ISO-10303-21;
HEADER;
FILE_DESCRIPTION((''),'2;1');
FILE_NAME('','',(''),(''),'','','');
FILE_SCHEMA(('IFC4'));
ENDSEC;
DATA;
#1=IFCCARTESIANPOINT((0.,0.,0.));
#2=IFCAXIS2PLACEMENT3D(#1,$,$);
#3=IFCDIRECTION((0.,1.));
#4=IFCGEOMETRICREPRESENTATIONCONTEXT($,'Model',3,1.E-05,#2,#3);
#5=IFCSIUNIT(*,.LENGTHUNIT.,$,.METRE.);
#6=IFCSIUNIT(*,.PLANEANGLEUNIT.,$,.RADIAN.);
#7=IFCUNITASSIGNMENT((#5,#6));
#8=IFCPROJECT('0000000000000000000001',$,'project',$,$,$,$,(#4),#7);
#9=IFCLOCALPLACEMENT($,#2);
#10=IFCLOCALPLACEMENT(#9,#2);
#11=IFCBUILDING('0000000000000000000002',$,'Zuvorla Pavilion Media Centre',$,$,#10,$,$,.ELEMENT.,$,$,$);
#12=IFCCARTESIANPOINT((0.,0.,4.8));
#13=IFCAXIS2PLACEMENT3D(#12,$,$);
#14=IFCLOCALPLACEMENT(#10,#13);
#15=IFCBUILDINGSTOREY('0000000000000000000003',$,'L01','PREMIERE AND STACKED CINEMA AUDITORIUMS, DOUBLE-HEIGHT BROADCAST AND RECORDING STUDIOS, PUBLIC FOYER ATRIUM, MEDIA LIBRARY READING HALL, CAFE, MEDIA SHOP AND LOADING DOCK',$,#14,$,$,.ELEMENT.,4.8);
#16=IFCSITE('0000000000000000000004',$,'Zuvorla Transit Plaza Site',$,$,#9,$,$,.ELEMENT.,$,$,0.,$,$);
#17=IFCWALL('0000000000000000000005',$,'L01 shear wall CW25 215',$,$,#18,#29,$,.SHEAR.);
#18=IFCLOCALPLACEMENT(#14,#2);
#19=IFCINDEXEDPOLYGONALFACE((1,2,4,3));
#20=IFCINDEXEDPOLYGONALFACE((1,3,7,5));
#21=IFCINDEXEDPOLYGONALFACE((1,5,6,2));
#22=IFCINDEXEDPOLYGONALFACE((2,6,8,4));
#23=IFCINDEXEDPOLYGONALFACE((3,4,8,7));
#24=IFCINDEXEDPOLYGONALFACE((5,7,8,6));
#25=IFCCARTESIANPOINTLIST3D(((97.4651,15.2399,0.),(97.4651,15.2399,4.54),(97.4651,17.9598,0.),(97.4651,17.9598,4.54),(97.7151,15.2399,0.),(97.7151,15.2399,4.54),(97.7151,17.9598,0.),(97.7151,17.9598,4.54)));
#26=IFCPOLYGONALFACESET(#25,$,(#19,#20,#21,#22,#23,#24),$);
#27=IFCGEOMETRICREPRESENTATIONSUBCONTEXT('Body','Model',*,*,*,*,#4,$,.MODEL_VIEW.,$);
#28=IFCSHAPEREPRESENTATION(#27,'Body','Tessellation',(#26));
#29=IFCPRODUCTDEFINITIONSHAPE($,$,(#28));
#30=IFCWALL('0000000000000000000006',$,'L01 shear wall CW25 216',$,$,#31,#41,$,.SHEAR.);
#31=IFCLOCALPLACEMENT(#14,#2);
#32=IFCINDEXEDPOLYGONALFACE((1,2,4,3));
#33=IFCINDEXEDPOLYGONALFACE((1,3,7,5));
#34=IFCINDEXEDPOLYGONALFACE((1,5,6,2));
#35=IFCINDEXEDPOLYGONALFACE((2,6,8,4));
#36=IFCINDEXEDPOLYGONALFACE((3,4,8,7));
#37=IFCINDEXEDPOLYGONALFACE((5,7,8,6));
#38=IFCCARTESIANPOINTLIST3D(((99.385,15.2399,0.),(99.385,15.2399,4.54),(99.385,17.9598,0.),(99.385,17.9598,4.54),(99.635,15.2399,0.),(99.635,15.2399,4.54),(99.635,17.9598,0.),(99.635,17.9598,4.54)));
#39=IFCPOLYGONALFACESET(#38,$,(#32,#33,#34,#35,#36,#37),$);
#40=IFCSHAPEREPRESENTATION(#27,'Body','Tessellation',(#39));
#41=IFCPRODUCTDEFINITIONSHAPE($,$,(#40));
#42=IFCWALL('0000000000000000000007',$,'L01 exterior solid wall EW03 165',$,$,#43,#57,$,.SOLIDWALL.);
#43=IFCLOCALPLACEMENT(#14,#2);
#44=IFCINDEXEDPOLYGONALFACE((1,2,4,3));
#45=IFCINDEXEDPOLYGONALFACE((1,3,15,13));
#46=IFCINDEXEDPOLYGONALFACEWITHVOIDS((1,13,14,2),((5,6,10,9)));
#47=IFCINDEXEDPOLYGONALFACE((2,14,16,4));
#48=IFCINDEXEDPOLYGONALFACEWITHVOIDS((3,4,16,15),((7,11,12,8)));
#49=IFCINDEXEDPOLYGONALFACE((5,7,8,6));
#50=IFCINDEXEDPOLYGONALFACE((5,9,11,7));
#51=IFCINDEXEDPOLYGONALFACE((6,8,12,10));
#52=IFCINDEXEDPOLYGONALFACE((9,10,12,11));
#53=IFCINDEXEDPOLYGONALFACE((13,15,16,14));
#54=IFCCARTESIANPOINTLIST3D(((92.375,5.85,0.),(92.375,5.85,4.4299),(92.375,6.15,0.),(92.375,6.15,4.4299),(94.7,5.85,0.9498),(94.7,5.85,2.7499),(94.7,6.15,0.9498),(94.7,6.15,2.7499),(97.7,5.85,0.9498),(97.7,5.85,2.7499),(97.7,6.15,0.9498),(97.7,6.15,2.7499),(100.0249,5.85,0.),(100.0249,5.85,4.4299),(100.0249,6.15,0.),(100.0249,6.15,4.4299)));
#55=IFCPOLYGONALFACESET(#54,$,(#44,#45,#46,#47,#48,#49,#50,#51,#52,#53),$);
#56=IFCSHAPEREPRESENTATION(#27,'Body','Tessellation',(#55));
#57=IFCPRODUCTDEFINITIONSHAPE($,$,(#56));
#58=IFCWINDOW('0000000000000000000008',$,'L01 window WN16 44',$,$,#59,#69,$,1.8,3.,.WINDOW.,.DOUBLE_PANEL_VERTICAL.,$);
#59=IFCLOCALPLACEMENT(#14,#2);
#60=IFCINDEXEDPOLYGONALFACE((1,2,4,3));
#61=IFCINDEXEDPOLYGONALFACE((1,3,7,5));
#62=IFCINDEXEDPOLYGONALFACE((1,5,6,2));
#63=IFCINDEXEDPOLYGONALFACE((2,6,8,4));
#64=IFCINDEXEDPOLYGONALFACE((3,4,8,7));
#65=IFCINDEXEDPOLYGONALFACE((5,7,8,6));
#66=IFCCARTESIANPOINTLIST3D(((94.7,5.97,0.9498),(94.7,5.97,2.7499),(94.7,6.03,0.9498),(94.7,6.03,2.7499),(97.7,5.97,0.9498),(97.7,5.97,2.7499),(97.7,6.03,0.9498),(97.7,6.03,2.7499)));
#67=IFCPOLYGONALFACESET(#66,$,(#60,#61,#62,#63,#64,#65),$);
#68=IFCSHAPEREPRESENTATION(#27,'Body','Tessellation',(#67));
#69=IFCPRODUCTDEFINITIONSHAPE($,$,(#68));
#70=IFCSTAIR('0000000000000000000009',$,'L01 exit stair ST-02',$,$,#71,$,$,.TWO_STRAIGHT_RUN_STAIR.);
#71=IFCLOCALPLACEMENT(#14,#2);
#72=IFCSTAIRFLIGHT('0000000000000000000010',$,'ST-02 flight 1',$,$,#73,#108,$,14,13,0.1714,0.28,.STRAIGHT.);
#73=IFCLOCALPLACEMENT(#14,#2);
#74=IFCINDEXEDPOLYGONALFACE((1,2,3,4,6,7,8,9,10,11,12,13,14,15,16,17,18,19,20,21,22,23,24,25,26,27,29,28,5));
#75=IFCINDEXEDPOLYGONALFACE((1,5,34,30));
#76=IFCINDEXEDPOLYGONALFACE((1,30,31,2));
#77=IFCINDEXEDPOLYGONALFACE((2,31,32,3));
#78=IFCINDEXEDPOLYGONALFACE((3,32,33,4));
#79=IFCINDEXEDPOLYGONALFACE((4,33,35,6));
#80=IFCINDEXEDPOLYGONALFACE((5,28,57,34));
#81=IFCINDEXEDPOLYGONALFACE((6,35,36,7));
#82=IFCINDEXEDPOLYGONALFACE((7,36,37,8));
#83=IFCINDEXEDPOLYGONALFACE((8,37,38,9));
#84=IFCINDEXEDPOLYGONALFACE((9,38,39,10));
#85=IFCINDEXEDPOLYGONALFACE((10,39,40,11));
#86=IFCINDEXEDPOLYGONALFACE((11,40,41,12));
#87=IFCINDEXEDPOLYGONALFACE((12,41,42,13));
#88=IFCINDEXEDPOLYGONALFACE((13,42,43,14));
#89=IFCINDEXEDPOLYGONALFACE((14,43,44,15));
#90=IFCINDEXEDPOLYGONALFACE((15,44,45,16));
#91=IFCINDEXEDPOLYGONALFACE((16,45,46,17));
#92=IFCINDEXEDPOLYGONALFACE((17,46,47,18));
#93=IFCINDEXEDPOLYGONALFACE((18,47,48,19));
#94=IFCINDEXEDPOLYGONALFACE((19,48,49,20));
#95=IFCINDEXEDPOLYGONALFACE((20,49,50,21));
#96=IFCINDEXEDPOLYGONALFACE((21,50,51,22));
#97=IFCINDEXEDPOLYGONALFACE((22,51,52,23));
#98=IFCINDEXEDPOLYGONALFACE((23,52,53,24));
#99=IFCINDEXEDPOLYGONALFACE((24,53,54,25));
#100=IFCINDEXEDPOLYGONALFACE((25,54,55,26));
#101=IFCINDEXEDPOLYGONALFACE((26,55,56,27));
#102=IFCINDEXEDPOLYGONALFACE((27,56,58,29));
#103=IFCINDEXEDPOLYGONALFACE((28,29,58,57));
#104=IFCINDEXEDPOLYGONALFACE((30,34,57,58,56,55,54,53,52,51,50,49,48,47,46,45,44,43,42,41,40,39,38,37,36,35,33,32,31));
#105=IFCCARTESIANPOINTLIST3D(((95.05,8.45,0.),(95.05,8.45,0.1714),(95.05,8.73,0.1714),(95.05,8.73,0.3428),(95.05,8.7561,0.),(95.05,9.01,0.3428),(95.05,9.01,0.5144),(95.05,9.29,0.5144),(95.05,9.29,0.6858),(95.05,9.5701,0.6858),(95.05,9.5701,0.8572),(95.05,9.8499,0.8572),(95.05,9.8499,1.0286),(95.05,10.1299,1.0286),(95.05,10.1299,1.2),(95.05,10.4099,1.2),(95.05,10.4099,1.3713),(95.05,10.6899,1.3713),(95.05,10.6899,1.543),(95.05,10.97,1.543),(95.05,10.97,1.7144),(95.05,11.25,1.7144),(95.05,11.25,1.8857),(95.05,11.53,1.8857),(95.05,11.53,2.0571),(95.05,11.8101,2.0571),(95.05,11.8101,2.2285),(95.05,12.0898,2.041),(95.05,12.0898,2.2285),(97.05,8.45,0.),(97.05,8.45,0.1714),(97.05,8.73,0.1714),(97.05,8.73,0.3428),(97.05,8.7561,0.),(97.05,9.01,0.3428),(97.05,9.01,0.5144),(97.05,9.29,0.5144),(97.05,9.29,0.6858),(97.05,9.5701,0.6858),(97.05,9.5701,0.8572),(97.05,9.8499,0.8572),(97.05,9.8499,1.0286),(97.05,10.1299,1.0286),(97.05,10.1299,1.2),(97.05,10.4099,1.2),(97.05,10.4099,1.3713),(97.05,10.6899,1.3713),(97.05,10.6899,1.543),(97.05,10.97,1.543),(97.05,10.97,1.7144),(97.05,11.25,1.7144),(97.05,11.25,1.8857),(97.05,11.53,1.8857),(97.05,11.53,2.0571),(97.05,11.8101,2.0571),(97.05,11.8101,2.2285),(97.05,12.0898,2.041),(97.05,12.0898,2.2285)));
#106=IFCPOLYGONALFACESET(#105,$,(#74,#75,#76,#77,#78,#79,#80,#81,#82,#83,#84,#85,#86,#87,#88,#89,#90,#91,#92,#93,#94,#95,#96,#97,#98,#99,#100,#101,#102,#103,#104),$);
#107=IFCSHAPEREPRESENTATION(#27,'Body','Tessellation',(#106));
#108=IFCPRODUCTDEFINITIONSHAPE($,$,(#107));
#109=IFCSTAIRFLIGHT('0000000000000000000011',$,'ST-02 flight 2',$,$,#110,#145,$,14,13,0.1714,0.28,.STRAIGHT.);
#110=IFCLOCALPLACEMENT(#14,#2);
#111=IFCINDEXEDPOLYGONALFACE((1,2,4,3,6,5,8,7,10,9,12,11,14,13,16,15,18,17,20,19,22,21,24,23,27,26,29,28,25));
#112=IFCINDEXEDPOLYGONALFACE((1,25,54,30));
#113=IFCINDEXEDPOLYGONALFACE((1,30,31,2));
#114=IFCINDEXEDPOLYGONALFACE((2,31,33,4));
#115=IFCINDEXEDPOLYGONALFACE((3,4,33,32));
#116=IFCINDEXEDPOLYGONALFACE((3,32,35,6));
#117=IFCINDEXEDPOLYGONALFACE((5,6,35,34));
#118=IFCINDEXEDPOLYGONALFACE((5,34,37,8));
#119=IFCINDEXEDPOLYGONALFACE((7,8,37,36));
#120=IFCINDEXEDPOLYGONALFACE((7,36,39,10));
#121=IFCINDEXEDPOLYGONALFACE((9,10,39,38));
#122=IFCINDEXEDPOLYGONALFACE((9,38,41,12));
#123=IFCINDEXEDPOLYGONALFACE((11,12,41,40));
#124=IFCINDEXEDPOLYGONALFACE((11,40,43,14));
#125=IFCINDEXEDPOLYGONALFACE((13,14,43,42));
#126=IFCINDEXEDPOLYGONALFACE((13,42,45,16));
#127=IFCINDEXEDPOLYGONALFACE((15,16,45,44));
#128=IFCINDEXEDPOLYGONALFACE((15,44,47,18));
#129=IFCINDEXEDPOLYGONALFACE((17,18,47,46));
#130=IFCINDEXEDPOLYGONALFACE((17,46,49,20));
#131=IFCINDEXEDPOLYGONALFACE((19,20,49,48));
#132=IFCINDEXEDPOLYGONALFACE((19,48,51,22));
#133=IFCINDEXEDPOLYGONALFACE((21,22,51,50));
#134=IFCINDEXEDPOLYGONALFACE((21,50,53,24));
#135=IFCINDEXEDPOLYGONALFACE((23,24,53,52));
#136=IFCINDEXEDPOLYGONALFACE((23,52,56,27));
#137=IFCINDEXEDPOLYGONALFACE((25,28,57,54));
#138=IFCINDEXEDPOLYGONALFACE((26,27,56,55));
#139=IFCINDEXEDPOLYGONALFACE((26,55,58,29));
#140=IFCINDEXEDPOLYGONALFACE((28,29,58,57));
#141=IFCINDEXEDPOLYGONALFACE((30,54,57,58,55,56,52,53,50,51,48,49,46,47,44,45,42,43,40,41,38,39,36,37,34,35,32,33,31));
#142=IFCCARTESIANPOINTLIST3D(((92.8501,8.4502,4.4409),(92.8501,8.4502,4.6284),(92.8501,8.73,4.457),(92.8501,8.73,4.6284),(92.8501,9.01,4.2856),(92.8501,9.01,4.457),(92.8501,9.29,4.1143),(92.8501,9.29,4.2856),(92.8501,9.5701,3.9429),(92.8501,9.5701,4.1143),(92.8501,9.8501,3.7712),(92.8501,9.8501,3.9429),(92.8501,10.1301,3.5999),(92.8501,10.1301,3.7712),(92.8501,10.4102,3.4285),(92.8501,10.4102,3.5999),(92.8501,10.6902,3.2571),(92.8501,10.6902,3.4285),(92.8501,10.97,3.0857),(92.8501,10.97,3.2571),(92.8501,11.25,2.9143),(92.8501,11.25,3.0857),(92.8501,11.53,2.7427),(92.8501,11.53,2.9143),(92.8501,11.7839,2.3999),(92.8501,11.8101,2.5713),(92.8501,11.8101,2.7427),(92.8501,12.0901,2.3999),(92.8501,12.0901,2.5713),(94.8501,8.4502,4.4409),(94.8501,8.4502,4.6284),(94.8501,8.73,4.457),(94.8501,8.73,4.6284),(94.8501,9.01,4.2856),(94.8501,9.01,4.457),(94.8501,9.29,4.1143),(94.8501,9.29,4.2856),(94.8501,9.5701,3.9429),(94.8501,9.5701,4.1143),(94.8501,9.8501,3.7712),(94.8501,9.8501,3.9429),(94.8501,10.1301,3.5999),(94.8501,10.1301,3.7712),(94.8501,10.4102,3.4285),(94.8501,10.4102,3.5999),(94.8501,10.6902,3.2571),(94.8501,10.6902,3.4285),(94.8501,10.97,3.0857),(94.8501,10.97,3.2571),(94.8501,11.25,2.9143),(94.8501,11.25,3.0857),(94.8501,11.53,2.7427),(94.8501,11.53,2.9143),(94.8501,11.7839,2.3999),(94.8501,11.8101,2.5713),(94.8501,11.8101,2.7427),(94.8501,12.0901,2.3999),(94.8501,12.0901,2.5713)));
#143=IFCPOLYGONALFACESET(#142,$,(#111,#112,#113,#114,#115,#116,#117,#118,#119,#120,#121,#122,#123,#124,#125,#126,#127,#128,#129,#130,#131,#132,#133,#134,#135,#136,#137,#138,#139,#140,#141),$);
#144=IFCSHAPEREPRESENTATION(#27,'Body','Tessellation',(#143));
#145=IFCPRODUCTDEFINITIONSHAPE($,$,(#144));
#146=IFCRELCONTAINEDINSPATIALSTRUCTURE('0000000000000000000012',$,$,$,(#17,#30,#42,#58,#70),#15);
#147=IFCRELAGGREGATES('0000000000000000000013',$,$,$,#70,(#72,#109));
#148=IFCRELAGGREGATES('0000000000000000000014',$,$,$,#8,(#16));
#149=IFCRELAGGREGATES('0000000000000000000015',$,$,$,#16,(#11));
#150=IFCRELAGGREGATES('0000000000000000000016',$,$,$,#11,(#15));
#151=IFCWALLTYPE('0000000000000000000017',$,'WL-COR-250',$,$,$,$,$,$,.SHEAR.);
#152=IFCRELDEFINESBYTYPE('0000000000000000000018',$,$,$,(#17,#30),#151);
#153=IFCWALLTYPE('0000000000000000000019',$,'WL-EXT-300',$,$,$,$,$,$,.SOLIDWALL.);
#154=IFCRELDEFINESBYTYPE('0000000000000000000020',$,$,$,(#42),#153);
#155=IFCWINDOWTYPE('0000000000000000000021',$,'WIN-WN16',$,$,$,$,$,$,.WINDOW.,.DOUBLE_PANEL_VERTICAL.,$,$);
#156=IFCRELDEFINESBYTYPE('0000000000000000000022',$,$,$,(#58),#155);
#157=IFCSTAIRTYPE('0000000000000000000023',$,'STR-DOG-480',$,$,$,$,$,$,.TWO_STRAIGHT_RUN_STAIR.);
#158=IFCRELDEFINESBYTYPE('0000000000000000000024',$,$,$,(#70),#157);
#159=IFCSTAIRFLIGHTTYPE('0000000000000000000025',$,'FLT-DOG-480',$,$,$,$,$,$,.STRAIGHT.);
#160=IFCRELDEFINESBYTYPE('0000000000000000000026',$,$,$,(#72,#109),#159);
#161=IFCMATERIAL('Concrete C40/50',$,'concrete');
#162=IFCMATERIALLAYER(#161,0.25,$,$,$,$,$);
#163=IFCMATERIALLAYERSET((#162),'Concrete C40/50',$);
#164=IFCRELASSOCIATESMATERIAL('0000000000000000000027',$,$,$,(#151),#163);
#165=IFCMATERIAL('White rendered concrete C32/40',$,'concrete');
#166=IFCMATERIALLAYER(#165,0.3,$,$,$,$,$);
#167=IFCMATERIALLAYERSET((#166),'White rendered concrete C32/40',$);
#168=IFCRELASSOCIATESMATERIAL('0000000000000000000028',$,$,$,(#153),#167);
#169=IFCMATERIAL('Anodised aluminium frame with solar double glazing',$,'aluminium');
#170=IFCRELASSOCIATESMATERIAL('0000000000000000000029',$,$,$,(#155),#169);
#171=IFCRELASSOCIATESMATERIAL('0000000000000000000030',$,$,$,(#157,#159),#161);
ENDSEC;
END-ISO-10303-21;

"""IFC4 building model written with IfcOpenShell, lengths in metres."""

from ifc_helpers import new_model, si_unit, direction, frame, frame_2d, origin, place, context, subcontext, project, spatial, polyline, rectangle, outline, extrude, material, layer, layer_set, type_object, element, fill, aggregate, save


model = new_model("IFC4")

# Units and contexts
model_context = context("Model", 3, precision=1e-05, world=origin(), true_north=direction((0.0, 1.0)))
body_context = subcontext(model_context, "Body", "Model", "MODEL_VIEW")
ifc_project = project(units=[si_unit("LENGTHUNIT", "METRE"), si_unit("PLANEANGLEUNIT", "RADIAN")], contexts=[model_context])

# Site, building, storey
site_placement = place(None, origin())
site = spatial("IfcSite", under=ifc_project, at=site_placement, Name="Zuvorla Transit Plaza Site", CompositionType="ELEMENT", RefElevation=0.0)
building_placement = place(site_placement, origin())
building = spatial("IfcBuilding", under=site, at=building_placement, Name="Zuvorla Pavilion Media Centre", CompositionType="ELEMENT")
storey_placement = place(building_placement, frame((0.0, 0.0, 4.8)))
storey = spatial("IfcBuildingStorey", under=building, at=storey_placement, Name="L01", Description="PREMIERE AND STACKED CINEMA AUDITORIUMS, DOUBLE-HEIGHT BROADCAST AND RECORDING STUDIOS, PUBLIC FOYER ATRIUM, MEDIA LIBRARY READING HALL, CAFE, MEDIA SHOP AND LOADING DOCK", CompositionType="ELEMENT", Elevation=4.8)

# Shared definitions
ifc_material_1 = material(Name="Concrete C40/50", Category="concrete")

# Shared definitions
ifc_layer_1 = layer(ifc_material_1, 0.25)
ifc_layer_set_1 = layer_set([ifc_layer_1], Name="Concrete C40/50")
wall_type_1 = type_object("IfcWallType", Name="WL-COR-250", PredefinedType="SHEAR", material=ifc_layer_set_1)

# Walls
for number, where, z_axis, x_axis, name in (
    (1, (97.5901, 15.24, 0.0), (0.0, 0.0, 1.0), (0.0, 1.0, 0.0), "L01 shear wall CW25 215"),
    (2, (99.51, 15.24, 0.0), (0.0, 0.0, 1.0), (0.0, 1.0, 0.0), "L01 shear wall CW25 216"),
):
    element("IfcWall", number, at=place(storey_placement, frame(where, z_axis=z_axis, x_axis=x_axis)), inside=storey, type_object=wall_type_1, Name=name, PredefinedType="SHEAR", context=body_context, shape_type="SweptSolid", body=[
        extrude(rectangle(XDim=2.72, YDim=0.25, at=frame_2d((1.3599, 0.0))), origin(), (0.0, 0.0, 1.0), 4.54),
    ])

# Wall, opening, window
ifc_material_2 = material(Name="White rendered concrete C32/40", Category="concrete")
ifc_layer_2 = layer(ifc_material_2, 0.3)
ifc_layer_set_2 = layer_set([ifc_layer_2], Name="White rendered concrete C32/40")
wall_type_2 = type_object("IfcWallType", Name="WL-EXT-300", PredefinedType="SOLIDWALL", material=ifc_layer_set_2)
wall_1_placement = place(storey_placement, frame((92.375, 6.0, 0.0), z_axis=(0.0, 0.0, 1.0), x_axis=(1.0, 0.0, 0.0)))
wall_1 = element("IfcWall", 3, at=wall_1_placement, inside=storey, type_object=wall_type_2, Name="L01 exterior solid wall EW03 165", PredefinedType="SOLIDWALL", context=body_context, shape_type="SweptSolid", body=[
    extrude(rectangle(XDim=7.6499, YDim=0.3, at=frame_2d((3.825, 0.0))), origin(), (0.0, 0.0, 1.0), 4.4299),
])
opening_1_placement = place(wall_1_placement, frame((2.325, 0.0, 0.95)))
opening_1 = element("IfcOpeningElement", 4, at=opening_1_placement, cuts=wall_1, PredefinedType="OPENING", context=body_context, shape_type="SweptSolid", body=[
    extrude(rectangle(XDim=3.0, YDim=1.8, at=frame_2d((1.5, 0.8999))), frame((0.0, 0.1599, 0.0), z_axis=(0.0, -1.0, 0.0), x_axis=(1.0, 0.0, 0.0)), (0.0, 0.0, 1.0), 0.3201),
])
ifc_material_3 = material(Name="Anodised aluminium frame with solar double glazing", Category="aluminium")
window_type = type_object("IfcWindowType", Name="WIN-WN16", PartitioningType="DOUBLE_PANEL_VERTICAL", PredefinedType="WINDOW", material=ifc_material_3)
window_placement = place(opening_1_placement, origin())
window = element("IfcWindow", 5, at=window_placement, inside=storey, type_object=window_type, Name="L01 window WN16 44", OverallHeight=1.8, OverallWidth=3.0, PartitioningType="DOUBLE_PANEL_VERTICAL", PredefinedType="WINDOW", context=body_context, shape_type="SweptSolid", body=[
    extrude(rectangle(XDim=3.0, YDim=1.8, at=frame_2d((1.5, 0.8999))), frame((0.0, 0.03, 0.0), z_axis=(0.0, -1.0, 0.0), x_axis=(1.0, 0.0, 0.0)), (0.0, 0.0, 1.0), 0.0601),
])
fill(opening_1, window)

# Stair, stair flights
stair_type = type_object("IfcStairType", Name="STR-DOG-480", PredefinedType="TWO_STRAIGHT_RUN_STAIR", material=ifc_material_1)
stair_placement = place(storey_placement, origin())
stair = element("IfcStair", 6, at=stair_placement, inside=storey, type_object=stair_type, Name="L01 exit stair ST-02", PredefinedType="TWO_STRAIGHT_RUN_STAIR")
stair_flight_type = type_object("IfcStairFlightType", Name="FLT-DOG-480", PredefinedType="STRAIGHT", material=ifc_material_1)
stair_flight_1_placement = place(storey_placement, frame((96.05, 8.45, 0.0), z_axis=(0.0, 0.0, 1.0), x_axis=(0.0, 1.0, 0.0)))
stair_flight_1 = element("IfcStairFlight", 7, at=stair_flight_1_placement, type_object=stair_flight_type, Name="ST-02 flight 1", NumberOfRisers=14, NumberOfTreads=13, PredefinedType="STRAIGHT", RiserHeight=0.1714, TreadLength=0.28, context=body_context, shape_type="SweptSolid", body=[
    extrude(outline(polyline([(0.0, 0.0), (0.0, 0.1714), (0.28, 0.1714), (0.28, 0.3428), (0.5601, 0.3428), (0.5601, 0.5144), (0.8401, 0.5144), (0.8401, 0.6858), (1.1201, 0.6858), (1.1201, 0.8572), (1.3999, 0.8572), (1.3999, 1.0286), (1.6799, 1.0286), (1.6799, 1.2), (1.96, 1.2), (1.96, 1.3713), (2.24, 1.3713), (2.24, 1.543), (2.52, 1.543), (2.52, 1.7144), (2.8, 1.7144), (2.8, 1.8857), (3.0801, 1.8857), (3.0801, 2.0571), (3.3601, 2.0571), (3.3601, 2.2285), (3.6399, 2.2285), (3.6399, 2.3999), (3.6399, 2.041), (0.3062, 0.0), (0.0, 0.0)])), frame((0.0, 1.0, 0.0), z_axis=(0.0, -1.0, 0.0), x_axis=(1.0, 0.0, 0.0)), (0.0, 0.0, 1.0), 2.0),
])
stair_flight_2_placement = place(storey_placement, frame((93.8501, 12.0901, 2.3999), z_axis=(0.0, 0.0, 1.0), x_axis=(0.0, -1.0, 0.0)))
stair_flight_2 = element("IfcStairFlight", 8, at=stair_flight_2_placement, type_object=stair_flight_type, Name="ST-02 flight 2", NumberOfRisers=14, NumberOfTreads=13, PredefinedType="STRAIGHT", RiserHeight=0.1714, TreadLength=0.28, context=body_context, shape_type="SweptSolid", body=[
    extrude(outline(polyline([(0.0, 0.0), (0.0, 0.1714), (0.28, 0.1714), (0.28, 0.3428), (0.5601, 0.3428), (0.5601, 0.5144), (0.8401, 0.5144), (0.8401, 0.6858), (1.1201, 0.6858), (1.1201, 0.8572), (1.3999, 0.8572), (1.3999, 1.0286), (1.6799, 1.0286), (1.6799, 1.2), (1.96, 1.2), (1.96, 1.3713), (2.24, 1.3713), (2.24, 1.543), (2.52, 1.543), (2.52, 1.7144), (2.8, 1.7144), (2.8, 1.8857), (3.0801, 1.8857), (3.0801, 2.0571), (3.3601, 2.0571), (3.3601, 2.2285), (3.6399, 2.2285), (3.6399, 2.3999), (3.6399, 2.041), (0.3062, 0.0), (0.0, 0.0)])), frame((0.0, 1.0, 0.0), z_axis=(0.0, -1.0, 0.0), x_axis=(1.0, 0.0, 0.0)), (0.0, 0.0, 1.0), 2.0),
])
aggregate(stair, [stair_flight_1, stair_flight_2])

save(model, "model.ifc")
